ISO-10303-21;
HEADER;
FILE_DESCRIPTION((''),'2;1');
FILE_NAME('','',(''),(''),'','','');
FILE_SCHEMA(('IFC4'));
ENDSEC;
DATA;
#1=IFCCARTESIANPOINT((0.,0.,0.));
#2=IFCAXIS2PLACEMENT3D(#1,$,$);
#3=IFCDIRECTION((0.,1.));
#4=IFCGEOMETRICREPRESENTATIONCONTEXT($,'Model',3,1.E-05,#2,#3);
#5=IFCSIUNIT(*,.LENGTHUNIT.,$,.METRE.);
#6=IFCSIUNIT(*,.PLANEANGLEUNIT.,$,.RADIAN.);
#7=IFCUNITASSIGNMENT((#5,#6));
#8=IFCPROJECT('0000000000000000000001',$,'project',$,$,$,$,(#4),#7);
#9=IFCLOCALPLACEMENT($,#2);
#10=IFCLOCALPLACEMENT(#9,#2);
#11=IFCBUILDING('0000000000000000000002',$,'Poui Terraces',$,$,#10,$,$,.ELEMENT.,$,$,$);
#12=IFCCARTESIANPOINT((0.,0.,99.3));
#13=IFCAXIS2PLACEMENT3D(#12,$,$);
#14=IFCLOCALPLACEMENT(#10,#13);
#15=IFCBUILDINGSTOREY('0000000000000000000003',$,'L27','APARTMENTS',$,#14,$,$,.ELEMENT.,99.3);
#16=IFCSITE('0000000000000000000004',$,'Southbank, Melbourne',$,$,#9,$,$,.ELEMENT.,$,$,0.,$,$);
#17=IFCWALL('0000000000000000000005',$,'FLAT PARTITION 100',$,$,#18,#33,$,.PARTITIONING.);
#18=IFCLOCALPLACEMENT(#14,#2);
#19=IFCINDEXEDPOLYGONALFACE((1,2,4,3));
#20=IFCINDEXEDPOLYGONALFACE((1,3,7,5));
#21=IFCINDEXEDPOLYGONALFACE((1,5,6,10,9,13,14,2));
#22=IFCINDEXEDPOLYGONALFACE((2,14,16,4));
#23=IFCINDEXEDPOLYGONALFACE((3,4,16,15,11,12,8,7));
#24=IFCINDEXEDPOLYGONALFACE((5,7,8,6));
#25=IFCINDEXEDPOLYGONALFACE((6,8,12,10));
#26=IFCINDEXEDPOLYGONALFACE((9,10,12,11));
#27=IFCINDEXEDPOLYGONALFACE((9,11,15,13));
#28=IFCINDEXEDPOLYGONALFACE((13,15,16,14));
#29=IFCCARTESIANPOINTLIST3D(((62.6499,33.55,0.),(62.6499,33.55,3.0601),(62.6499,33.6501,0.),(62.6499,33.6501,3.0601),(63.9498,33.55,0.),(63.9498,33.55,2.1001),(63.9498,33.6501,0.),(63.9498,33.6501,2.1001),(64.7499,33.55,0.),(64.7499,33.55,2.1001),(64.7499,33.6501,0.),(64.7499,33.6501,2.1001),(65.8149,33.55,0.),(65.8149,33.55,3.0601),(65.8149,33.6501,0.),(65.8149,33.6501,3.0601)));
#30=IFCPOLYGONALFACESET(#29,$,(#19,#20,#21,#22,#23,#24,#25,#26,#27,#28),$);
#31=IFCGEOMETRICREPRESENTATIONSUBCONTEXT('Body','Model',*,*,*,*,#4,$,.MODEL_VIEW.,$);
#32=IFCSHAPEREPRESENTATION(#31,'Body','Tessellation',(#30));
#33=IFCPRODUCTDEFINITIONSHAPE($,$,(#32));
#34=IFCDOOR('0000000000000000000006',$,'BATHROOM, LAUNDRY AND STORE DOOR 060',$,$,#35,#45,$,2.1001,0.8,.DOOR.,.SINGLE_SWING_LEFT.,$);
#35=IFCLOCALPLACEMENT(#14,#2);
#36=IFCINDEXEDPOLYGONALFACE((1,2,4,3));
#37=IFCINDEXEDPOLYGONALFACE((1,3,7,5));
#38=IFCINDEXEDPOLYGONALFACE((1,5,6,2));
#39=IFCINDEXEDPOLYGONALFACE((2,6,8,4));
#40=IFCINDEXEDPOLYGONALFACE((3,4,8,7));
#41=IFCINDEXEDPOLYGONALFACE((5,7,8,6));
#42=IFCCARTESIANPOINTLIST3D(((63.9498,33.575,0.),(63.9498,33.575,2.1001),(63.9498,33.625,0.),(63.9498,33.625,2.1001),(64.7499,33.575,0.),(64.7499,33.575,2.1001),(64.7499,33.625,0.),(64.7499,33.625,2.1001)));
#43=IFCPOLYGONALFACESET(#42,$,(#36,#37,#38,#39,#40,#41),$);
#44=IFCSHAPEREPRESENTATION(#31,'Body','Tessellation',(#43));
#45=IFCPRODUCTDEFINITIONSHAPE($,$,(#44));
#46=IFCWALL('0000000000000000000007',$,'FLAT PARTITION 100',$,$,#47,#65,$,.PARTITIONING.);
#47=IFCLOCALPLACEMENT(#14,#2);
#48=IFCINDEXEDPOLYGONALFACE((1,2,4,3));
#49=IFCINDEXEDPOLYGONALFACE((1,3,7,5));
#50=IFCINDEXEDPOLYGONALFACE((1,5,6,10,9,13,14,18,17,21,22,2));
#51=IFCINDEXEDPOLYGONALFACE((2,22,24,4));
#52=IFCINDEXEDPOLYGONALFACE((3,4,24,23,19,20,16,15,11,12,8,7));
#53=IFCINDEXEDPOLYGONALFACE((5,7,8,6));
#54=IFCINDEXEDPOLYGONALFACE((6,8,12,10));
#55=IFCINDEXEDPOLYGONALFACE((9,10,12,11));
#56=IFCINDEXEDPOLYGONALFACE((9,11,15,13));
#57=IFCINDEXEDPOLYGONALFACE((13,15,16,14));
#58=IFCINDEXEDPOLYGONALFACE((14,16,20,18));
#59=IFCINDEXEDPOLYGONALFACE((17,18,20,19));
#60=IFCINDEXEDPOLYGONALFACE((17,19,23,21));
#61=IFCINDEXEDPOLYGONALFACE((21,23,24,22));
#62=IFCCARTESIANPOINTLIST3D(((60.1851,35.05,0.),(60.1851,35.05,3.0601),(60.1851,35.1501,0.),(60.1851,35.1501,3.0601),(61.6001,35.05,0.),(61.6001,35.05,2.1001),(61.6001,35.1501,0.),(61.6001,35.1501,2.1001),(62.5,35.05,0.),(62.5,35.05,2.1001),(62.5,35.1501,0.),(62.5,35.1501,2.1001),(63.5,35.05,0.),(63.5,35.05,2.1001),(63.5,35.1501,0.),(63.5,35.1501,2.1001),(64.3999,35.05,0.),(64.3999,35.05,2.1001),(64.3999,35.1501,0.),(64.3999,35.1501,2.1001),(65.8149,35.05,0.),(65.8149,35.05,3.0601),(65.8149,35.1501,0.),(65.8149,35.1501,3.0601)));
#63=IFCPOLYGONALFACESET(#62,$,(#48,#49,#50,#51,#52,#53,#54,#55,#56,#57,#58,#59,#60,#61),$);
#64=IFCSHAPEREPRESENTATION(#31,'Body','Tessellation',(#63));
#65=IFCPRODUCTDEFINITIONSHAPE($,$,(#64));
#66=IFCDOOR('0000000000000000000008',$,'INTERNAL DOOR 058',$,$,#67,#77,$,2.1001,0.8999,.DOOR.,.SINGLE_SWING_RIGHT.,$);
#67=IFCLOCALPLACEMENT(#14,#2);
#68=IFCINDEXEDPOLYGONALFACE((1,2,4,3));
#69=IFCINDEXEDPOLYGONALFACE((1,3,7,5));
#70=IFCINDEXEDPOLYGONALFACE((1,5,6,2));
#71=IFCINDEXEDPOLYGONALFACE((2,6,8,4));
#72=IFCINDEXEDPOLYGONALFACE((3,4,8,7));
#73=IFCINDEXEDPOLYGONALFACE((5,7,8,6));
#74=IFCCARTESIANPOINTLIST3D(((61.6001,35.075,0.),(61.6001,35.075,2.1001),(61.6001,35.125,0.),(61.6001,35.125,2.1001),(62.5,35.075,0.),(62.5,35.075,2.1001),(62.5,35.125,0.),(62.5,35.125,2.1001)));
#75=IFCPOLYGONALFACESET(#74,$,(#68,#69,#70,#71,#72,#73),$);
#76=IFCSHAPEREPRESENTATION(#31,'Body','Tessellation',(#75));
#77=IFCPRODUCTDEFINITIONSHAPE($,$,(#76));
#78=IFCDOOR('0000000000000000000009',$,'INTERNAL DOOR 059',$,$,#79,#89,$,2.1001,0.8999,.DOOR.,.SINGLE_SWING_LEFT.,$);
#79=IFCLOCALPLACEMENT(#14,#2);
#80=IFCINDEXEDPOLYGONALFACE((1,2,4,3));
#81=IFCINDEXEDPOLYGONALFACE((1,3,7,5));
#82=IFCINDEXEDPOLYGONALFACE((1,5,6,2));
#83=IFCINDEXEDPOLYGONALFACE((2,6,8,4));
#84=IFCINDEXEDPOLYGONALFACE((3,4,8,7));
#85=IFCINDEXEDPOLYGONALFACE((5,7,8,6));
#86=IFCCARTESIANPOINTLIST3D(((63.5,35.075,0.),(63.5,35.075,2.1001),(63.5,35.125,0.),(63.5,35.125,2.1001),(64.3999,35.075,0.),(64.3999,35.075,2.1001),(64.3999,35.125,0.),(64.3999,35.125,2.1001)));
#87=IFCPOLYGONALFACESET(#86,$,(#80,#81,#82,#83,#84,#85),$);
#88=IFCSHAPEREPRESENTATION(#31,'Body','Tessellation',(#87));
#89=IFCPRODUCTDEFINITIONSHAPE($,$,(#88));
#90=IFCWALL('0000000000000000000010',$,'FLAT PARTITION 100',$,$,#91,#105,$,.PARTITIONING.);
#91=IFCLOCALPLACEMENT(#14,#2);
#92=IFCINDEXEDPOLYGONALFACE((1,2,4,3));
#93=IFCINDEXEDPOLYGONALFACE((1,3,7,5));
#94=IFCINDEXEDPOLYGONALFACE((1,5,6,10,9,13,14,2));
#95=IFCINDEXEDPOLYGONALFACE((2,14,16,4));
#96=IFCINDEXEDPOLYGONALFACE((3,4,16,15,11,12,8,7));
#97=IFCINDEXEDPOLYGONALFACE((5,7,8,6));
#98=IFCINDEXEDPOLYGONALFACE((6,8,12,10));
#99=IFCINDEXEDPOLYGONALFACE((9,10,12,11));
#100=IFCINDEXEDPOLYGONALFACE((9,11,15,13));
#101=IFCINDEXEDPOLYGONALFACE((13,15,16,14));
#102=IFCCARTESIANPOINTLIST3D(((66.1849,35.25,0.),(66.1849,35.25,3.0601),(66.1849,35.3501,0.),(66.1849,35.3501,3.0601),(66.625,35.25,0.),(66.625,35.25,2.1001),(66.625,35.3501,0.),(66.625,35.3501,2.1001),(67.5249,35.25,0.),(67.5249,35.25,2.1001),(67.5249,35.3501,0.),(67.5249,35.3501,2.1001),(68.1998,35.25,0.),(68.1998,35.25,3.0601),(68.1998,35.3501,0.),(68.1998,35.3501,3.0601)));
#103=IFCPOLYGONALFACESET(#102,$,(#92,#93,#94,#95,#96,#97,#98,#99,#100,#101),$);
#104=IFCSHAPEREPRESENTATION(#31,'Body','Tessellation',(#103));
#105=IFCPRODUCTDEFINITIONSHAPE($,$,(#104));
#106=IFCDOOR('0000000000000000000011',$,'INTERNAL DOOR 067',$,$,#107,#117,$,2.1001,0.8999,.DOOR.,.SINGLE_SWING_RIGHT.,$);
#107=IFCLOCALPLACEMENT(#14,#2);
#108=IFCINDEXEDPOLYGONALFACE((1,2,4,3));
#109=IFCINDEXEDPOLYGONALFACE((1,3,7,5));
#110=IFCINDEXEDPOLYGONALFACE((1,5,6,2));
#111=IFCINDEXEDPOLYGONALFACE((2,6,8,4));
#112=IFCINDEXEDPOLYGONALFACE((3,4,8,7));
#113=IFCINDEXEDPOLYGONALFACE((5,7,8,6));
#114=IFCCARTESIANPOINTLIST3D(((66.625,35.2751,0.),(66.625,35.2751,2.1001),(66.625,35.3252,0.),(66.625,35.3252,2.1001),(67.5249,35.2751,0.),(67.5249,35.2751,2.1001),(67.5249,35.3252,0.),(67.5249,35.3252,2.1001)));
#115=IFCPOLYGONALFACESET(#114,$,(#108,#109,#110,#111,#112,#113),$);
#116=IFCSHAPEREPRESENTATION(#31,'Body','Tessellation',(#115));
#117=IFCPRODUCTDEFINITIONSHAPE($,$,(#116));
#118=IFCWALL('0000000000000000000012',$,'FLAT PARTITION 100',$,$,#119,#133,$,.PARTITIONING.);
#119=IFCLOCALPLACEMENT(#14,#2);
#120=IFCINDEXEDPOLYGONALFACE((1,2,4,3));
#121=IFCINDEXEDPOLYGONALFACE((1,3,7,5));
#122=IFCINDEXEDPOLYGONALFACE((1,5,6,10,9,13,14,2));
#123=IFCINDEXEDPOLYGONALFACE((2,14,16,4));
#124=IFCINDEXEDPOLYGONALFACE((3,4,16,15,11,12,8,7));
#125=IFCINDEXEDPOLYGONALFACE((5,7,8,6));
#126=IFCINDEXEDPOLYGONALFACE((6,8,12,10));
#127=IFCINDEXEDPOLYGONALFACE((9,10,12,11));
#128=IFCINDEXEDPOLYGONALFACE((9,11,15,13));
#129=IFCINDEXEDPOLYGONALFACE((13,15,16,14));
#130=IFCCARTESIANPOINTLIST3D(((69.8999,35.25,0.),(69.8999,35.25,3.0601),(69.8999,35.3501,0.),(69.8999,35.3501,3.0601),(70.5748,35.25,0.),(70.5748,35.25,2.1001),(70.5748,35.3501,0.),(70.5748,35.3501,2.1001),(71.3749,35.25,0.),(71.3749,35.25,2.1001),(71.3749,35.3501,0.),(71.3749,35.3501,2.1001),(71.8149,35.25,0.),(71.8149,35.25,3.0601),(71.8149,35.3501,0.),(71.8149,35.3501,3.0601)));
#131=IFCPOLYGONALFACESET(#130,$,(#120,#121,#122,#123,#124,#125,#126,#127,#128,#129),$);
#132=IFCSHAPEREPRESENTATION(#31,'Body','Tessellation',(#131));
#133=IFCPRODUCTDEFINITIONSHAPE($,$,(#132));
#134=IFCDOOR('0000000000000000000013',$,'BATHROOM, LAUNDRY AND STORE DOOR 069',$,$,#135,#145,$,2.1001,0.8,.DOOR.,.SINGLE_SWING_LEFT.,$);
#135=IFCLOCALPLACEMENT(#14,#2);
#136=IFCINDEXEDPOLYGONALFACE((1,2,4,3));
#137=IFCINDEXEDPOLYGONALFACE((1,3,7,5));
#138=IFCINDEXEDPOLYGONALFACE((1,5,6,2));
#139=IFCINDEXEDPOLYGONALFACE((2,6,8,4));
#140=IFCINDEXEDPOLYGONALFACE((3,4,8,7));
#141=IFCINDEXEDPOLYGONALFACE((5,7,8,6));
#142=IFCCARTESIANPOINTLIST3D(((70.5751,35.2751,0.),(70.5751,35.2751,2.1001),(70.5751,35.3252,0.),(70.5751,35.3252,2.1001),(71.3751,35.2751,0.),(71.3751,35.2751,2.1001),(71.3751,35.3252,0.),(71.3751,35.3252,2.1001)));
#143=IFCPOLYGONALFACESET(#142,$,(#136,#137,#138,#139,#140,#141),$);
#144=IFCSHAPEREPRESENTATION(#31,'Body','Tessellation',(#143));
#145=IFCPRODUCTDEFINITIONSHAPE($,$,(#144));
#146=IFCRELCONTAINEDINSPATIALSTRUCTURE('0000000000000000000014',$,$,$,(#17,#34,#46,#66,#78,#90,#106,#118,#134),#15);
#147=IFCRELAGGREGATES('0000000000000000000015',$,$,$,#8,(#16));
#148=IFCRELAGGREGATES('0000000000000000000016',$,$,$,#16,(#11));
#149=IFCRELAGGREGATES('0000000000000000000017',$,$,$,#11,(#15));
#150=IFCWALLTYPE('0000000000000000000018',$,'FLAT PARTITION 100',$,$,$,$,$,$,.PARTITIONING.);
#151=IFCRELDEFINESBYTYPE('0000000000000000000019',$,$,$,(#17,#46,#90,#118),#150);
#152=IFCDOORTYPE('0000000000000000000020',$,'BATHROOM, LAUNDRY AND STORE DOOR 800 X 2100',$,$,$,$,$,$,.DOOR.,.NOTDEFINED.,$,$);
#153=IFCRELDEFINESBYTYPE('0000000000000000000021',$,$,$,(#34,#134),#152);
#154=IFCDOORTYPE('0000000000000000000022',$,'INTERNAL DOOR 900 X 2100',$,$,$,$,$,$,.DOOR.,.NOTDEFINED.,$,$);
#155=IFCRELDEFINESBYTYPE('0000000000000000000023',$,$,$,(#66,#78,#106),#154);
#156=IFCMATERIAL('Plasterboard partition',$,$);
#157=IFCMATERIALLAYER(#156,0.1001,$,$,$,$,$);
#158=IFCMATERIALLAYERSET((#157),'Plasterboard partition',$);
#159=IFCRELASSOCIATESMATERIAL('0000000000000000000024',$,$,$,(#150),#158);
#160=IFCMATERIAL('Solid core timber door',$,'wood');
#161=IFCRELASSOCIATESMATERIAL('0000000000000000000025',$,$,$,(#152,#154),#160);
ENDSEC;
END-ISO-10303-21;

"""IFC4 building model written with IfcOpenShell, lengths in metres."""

from ifc_helpers import new_model, si_unit, direction, frame, frame_2d, origin, place, context, subcontext, project, spatial, rectangle, extrude, material, layer, layer_set, type_object, element, fill, save


model = new_model("IFC4")

# Units and contexts
model_context = context("Model", 3, precision=1e-05, world=origin(), true_north=direction((0.0, 1.0)))
body_context = subcontext(model_context, "Body", "Model", "MODEL_VIEW")
ifc_project = project(units=[si_unit("LENGTHUNIT", "METRE"), si_unit("PLANEANGLEUNIT", "RADIAN")], contexts=[model_context])

# Site, building, storey
site_placement = place(None, origin())
site = spatial("IfcSite", under=ifc_project, at=site_placement, Name="Southbank, Melbourne", CompositionType="ELEMENT", RefElevation=0.0)
building_placement = place(site_placement, origin())
building = spatial("IfcBuilding", under=site, at=building_placement, Name="Poui Terraces", CompositionType="ELEMENT")
storey_placement = place(building_placement, frame((0.0, 0.0, 99.3)))
storey = spatial("IfcBuildingStorey", under=building, at=storey_placement, Name="L27", Description="APARTMENTS", CompositionType="ELEMENT", Elevation=99.3)

# Wall, opening, door
ifc_material_1 = material(Name="Plasterboard partition")
ifc_layer_1 = layer(ifc_material_1, 0.1001)
ifc_layer_set_1 = layer_set([ifc_layer_1], Name="Plasterboard partition")
wall_type_1 = type_object("IfcWallType", Name="FLAT PARTITION 100", PredefinedType="PARTITIONING", material=ifc_layer_set_1)
wall_1_placement = place(storey_placement, frame((62.6499, 33.6001, 0.0), z_axis=(0.0, 0.0, 1.0), x_axis=(1.0, 0.0, 0.0)))
wall_1 = element("IfcWall", 1, at=wall_1_placement, inside=storey, type_object=wall_type_1, Name="FLAT PARTITION 100", PredefinedType="PARTITIONING", context=body_context, shape_type="SweptSolid", body=[
    extrude(rectangle(XDim=3.165, YDim=0.1001, at=frame_2d((1.5825, 0.0))), origin(), (0.0, 0.0, 1.0), 3.0601),
])
opening_1_placement = place(wall_1_placement, frame((1.3, 0.0, 0.0)))
opening_1 = element("IfcOpeningElement", 2, at=opening_1_placement, cuts=wall_1, PredefinedType="OPENING", context=body_context, shape_type="SweptSolid", body=[
    extrude(rectangle(XDim=0.8, YDim=2.1001, at=frame_2d((0.3999, 1.05))), frame((0.0, 0.0601, 0.0), z_axis=(0.0, -1.0, 0.0), x_axis=(1.0, 0.0, 0.0)), (0.0, 0.0, 1.0), 0.1201),
])
ifc_material_2 = material(Name="Solid core timber door", Category="wood")
door_type_1 = type_object("IfcDoorType", Name="BATHROOM, LAUNDRY AND STORE DOOR 800 X 2100", OperationType="NOTDEFINED", PredefinedType="DOOR", material=ifc_material_2)
door_1_placement = place(opening_1_placement, origin())
door_1 = element("IfcDoor", 3, at=door_1_placement, inside=storey, type_object=door_type_1, Name="BATHROOM, LAUNDRY AND STORE DOOR 060", OperationType="SINGLE_SWING_LEFT", OverallHeight=2.1001, OverallWidth=0.8, PredefinedType="DOOR", context=body_context, shape_type="SweptSolid", body=[
    extrude(rectangle(XDim=0.8, YDim=2.1001, at=frame_2d((0.3999, 1.05))), frame((0.0, 0.0249, 0.0), z_axis=(0.0, -1.0, 0.0), x_axis=(1.0, 0.0, 0.0)), (0.0, 0.0, 1.0), 0.05),
])
fill(opening_1, door_1)

# Wall, openings, doors
wall_2_placement = place(storey_placement, frame((60.1851, 35.1001, 0.0), z_axis=(0.0, 0.0, 1.0), x_axis=(1.0, 0.0, 0.0)))
wall_2 = element("IfcWall", 4, at=wall_2_placement, inside=storey, type_object=wall_type_1, Name="FLAT PARTITION 100", PredefinedType="PARTITIONING", context=body_context, shape_type="SweptSolid", body=[
    extrude(rectangle(XDim=5.6299, YDim=0.1001, at=frame_2d((2.8149, 0.0))), origin(), (0.0, 0.0, 1.0), 3.0601),
])
opening_2_placement = place(wall_2_placement, frame((1.415, 0.0, 0.0)))
opening_2 = element("IfcOpeningElement", 5, at=opening_2_placement, cuts=wall_2, PredefinedType="OPENING", context=body_context, shape_type="SweptSolid", body=[
    extrude(rectangle(XDim=0.8999, YDim=2.1001, at=frame_2d((0.45, 1.05))), frame((0.0, 0.0601, 0.0), z_axis=(0.0, -1.0, 0.0), x_axis=(1.0, 0.0, 0.0)), (0.0, 0.0, 1.0), 0.1201),
])
opening_3_placement = place(wall_2_placement, frame((3.3149, 0.0, 0.0)))
opening_3 = element("IfcOpeningElement", 6, at=opening_3_placement, cuts=wall_2, PredefinedType="OPENING", context=body_context, shape_type="SweptSolid", body=[
    extrude(rectangle(XDim=0.8999, YDim=2.1001, at=frame_2d((0.45, 1.05))), frame((0.0, 0.0601, 0.0), z_axis=(0.0, -1.0, 0.0), x_axis=(1.0, 0.0, 0.0)), (0.0, 0.0, 1.0), 0.1201),
])
door_type_2 = type_object("IfcDoorType", Name="INTERNAL DOOR 900 X 2100", OperationType="NOTDEFINED", PredefinedType="DOOR", material=ifc_material_2)
door_2_placement = place(opening_2_placement, origin())
door_2 = element("IfcDoor", 7, at=door_2_placement, inside=storey, type_object=door_type_2, Name="INTERNAL DOOR 058", OperationType="SINGLE_SWING_RIGHT", OverallHeight=2.1001, OverallWidth=0.8999, PredefinedType="DOOR", context=body_context, shape_type="SweptSolid", body=[
    extrude(rectangle(XDim=0.8999, YDim=2.1001, at=frame_2d((0.45, 1.05))), frame((0.0, 0.0249, 0.0), z_axis=(0.0, -1.0, 0.0), x_axis=(1.0, 0.0, 0.0)), (0.0, 0.0, 1.0), 0.05),
])
fill(opening_2, door_2)
door_3_placement = place(opening_3_placement, origin())
door_3 = element("IfcDoor", 8, at=door_3_placement, inside=storey, type_object=door_type_2, Name="INTERNAL DOOR 059", OperationType="SINGLE_SWING_LEFT", OverallHeight=2.1001, OverallWidth=0.8999, PredefinedType="DOOR", context=body_context, shape_type="SweptSolid", body=[
    extrude(rectangle(XDim=0.8999, YDim=2.1001, at=frame_2d((0.45, 1.05))), frame((0.0, 0.0249, 0.0), z_axis=(0.0, -1.0, 0.0), x_axis=(1.0, 0.0, 0.0)), (0.0, 0.0, 1.0), 0.05),
])
fill(opening_3, door_3)

# Walls, openings, doors
wall_3_placement = place(storey_placement, frame((66.1851, 35.3, 0.0), z_axis=(0.0, 0.0, 1.0), x_axis=(1.0, 0.0, 0.0)))
wall_3 = element("IfcWall", 9, at=wall_3_placement, inside=storey, type_object=wall_type_1, Name="FLAT PARTITION 100", PredefinedType="PARTITIONING", context=body_context, shape_type="SweptSolid", body=[
    extrude(rectangle(XDim=2.0149, YDim=0.1001, at=frame_2d((1.0073, 0.0))), origin(), (0.0, 0.0, 1.0), 3.0601),
])
opening_4_placement = place(wall_3_placement, frame((0.4399, 0.0, 0.0)))
opening_4 = element("IfcOpeningElement", 10, at=opening_4_placement, cuts=wall_3, PredefinedType="OPENING", context=body_context, shape_type="SweptSolid", body=[
    extrude(rectangle(XDim=0.8999, YDim=2.1001, at=frame_2d((0.45, 1.05))), frame((0.0, 0.0601, 0.0), z_axis=(0.0, -1.0, 0.0), x_axis=(1.0, 0.0, 0.0)), (0.0, 0.0, 1.0), 0.1201),
])
door_4_placement = place(opening_4_placement, frame((0.8999, 0.0, 0.0), z_axis=(0.0, 0.0, 1.0), x_axis=(-1.0, 0.0, 0.0)))
door_4 = element("IfcDoor", 11, at=door_4_placement, inside=storey, type_object=door_type_2, Name="INTERNAL DOOR 067", OperationType="SINGLE_SWING_RIGHT", OverallHeight=2.1001, OverallWidth=0.8999, PredefinedType="DOOR", context=body_context, shape_type="SweptSolid", body=[
    extrude(rectangle(XDim=0.8999, YDim=2.1001, at=frame_2d((0.45, 1.05))), frame((0.0, 0.0249, 0.0), z_axis=(0.0, -1.0, 0.0), x_axis=(1.0, 0.0, 0.0)), (0.0, 0.0, 1.0), 0.05),
])
fill(opening_4, door_4)
wall_4_placement = place(storey_placement, frame((69.8999, 35.3, 0.0), z_axis=(0.0, 0.0, 1.0), x_axis=(1.0, 0.0, 0.0)))
wall_4 = element("IfcWall", 12, at=wall_4_placement, inside=storey, type_object=wall_type_1, Name="FLAT PARTITION 100", PredefinedType="PARTITIONING", context=body_context, shape_type="SweptSolid", body=[
    extrude(rectangle(XDim=1.915, YDim=0.1001, at=frame_2d((0.9575, 0.0))), origin(), (0.0, 0.0, 1.0), 3.0601),
])
opening_5_placement = place(wall_4_placement, frame((0.675, 0.0, 0.0)))
opening_5 = element("IfcOpeningElement", 13, at=opening_5_placement, cuts=wall_4, PredefinedType="OPENING", context=body_context, shape_type="SweptSolid", body=[
    extrude(rectangle(XDim=0.8, YDim=2.1001, at=frame_2d((0.3999, 1.05))), frame((0.0, 0.0601, 0.0), z_axis=(0.0, -1.0, 0.0), x_axis=(1.0, 0.0, 0.0)), (0.0, 0.0, 1.0), 0.1201),
])
door_5_placement = place(opening_5_placement, frame((0.8, 0.0, 0.0), z_axis=(0.0, 0.0, 1.0), x_axis=(-1.0, 0.0, 0.0)))
door_5 = element("IfcDoor", 14, at=door_5_placement, inside=storey, type_object=door_type_1, Name="BATHROOM, LAUNDRY AND STORE DOOR 069", OperationType="SINGLE_SWING_LEFT", OverallHeight=2.1001, OverallWidth=0.8, PredefinedType="DOOR", context=body_context, shape_type="SweptSolid", body=[
    extrude(rectangle(XDim=0.8, YDim=2.1001, at=frame_2d((0.3999, 1.05))), frame((0.0, 0.0249, 0.0), z_axis=(0.0, -1.0, 0.0), x_axis=(1.0, 0.0, 0.0)), (0.0, 0.0, 1.0), 0.05),
])
fill(opening_5, door_5)

save(model, "model.ifc")
